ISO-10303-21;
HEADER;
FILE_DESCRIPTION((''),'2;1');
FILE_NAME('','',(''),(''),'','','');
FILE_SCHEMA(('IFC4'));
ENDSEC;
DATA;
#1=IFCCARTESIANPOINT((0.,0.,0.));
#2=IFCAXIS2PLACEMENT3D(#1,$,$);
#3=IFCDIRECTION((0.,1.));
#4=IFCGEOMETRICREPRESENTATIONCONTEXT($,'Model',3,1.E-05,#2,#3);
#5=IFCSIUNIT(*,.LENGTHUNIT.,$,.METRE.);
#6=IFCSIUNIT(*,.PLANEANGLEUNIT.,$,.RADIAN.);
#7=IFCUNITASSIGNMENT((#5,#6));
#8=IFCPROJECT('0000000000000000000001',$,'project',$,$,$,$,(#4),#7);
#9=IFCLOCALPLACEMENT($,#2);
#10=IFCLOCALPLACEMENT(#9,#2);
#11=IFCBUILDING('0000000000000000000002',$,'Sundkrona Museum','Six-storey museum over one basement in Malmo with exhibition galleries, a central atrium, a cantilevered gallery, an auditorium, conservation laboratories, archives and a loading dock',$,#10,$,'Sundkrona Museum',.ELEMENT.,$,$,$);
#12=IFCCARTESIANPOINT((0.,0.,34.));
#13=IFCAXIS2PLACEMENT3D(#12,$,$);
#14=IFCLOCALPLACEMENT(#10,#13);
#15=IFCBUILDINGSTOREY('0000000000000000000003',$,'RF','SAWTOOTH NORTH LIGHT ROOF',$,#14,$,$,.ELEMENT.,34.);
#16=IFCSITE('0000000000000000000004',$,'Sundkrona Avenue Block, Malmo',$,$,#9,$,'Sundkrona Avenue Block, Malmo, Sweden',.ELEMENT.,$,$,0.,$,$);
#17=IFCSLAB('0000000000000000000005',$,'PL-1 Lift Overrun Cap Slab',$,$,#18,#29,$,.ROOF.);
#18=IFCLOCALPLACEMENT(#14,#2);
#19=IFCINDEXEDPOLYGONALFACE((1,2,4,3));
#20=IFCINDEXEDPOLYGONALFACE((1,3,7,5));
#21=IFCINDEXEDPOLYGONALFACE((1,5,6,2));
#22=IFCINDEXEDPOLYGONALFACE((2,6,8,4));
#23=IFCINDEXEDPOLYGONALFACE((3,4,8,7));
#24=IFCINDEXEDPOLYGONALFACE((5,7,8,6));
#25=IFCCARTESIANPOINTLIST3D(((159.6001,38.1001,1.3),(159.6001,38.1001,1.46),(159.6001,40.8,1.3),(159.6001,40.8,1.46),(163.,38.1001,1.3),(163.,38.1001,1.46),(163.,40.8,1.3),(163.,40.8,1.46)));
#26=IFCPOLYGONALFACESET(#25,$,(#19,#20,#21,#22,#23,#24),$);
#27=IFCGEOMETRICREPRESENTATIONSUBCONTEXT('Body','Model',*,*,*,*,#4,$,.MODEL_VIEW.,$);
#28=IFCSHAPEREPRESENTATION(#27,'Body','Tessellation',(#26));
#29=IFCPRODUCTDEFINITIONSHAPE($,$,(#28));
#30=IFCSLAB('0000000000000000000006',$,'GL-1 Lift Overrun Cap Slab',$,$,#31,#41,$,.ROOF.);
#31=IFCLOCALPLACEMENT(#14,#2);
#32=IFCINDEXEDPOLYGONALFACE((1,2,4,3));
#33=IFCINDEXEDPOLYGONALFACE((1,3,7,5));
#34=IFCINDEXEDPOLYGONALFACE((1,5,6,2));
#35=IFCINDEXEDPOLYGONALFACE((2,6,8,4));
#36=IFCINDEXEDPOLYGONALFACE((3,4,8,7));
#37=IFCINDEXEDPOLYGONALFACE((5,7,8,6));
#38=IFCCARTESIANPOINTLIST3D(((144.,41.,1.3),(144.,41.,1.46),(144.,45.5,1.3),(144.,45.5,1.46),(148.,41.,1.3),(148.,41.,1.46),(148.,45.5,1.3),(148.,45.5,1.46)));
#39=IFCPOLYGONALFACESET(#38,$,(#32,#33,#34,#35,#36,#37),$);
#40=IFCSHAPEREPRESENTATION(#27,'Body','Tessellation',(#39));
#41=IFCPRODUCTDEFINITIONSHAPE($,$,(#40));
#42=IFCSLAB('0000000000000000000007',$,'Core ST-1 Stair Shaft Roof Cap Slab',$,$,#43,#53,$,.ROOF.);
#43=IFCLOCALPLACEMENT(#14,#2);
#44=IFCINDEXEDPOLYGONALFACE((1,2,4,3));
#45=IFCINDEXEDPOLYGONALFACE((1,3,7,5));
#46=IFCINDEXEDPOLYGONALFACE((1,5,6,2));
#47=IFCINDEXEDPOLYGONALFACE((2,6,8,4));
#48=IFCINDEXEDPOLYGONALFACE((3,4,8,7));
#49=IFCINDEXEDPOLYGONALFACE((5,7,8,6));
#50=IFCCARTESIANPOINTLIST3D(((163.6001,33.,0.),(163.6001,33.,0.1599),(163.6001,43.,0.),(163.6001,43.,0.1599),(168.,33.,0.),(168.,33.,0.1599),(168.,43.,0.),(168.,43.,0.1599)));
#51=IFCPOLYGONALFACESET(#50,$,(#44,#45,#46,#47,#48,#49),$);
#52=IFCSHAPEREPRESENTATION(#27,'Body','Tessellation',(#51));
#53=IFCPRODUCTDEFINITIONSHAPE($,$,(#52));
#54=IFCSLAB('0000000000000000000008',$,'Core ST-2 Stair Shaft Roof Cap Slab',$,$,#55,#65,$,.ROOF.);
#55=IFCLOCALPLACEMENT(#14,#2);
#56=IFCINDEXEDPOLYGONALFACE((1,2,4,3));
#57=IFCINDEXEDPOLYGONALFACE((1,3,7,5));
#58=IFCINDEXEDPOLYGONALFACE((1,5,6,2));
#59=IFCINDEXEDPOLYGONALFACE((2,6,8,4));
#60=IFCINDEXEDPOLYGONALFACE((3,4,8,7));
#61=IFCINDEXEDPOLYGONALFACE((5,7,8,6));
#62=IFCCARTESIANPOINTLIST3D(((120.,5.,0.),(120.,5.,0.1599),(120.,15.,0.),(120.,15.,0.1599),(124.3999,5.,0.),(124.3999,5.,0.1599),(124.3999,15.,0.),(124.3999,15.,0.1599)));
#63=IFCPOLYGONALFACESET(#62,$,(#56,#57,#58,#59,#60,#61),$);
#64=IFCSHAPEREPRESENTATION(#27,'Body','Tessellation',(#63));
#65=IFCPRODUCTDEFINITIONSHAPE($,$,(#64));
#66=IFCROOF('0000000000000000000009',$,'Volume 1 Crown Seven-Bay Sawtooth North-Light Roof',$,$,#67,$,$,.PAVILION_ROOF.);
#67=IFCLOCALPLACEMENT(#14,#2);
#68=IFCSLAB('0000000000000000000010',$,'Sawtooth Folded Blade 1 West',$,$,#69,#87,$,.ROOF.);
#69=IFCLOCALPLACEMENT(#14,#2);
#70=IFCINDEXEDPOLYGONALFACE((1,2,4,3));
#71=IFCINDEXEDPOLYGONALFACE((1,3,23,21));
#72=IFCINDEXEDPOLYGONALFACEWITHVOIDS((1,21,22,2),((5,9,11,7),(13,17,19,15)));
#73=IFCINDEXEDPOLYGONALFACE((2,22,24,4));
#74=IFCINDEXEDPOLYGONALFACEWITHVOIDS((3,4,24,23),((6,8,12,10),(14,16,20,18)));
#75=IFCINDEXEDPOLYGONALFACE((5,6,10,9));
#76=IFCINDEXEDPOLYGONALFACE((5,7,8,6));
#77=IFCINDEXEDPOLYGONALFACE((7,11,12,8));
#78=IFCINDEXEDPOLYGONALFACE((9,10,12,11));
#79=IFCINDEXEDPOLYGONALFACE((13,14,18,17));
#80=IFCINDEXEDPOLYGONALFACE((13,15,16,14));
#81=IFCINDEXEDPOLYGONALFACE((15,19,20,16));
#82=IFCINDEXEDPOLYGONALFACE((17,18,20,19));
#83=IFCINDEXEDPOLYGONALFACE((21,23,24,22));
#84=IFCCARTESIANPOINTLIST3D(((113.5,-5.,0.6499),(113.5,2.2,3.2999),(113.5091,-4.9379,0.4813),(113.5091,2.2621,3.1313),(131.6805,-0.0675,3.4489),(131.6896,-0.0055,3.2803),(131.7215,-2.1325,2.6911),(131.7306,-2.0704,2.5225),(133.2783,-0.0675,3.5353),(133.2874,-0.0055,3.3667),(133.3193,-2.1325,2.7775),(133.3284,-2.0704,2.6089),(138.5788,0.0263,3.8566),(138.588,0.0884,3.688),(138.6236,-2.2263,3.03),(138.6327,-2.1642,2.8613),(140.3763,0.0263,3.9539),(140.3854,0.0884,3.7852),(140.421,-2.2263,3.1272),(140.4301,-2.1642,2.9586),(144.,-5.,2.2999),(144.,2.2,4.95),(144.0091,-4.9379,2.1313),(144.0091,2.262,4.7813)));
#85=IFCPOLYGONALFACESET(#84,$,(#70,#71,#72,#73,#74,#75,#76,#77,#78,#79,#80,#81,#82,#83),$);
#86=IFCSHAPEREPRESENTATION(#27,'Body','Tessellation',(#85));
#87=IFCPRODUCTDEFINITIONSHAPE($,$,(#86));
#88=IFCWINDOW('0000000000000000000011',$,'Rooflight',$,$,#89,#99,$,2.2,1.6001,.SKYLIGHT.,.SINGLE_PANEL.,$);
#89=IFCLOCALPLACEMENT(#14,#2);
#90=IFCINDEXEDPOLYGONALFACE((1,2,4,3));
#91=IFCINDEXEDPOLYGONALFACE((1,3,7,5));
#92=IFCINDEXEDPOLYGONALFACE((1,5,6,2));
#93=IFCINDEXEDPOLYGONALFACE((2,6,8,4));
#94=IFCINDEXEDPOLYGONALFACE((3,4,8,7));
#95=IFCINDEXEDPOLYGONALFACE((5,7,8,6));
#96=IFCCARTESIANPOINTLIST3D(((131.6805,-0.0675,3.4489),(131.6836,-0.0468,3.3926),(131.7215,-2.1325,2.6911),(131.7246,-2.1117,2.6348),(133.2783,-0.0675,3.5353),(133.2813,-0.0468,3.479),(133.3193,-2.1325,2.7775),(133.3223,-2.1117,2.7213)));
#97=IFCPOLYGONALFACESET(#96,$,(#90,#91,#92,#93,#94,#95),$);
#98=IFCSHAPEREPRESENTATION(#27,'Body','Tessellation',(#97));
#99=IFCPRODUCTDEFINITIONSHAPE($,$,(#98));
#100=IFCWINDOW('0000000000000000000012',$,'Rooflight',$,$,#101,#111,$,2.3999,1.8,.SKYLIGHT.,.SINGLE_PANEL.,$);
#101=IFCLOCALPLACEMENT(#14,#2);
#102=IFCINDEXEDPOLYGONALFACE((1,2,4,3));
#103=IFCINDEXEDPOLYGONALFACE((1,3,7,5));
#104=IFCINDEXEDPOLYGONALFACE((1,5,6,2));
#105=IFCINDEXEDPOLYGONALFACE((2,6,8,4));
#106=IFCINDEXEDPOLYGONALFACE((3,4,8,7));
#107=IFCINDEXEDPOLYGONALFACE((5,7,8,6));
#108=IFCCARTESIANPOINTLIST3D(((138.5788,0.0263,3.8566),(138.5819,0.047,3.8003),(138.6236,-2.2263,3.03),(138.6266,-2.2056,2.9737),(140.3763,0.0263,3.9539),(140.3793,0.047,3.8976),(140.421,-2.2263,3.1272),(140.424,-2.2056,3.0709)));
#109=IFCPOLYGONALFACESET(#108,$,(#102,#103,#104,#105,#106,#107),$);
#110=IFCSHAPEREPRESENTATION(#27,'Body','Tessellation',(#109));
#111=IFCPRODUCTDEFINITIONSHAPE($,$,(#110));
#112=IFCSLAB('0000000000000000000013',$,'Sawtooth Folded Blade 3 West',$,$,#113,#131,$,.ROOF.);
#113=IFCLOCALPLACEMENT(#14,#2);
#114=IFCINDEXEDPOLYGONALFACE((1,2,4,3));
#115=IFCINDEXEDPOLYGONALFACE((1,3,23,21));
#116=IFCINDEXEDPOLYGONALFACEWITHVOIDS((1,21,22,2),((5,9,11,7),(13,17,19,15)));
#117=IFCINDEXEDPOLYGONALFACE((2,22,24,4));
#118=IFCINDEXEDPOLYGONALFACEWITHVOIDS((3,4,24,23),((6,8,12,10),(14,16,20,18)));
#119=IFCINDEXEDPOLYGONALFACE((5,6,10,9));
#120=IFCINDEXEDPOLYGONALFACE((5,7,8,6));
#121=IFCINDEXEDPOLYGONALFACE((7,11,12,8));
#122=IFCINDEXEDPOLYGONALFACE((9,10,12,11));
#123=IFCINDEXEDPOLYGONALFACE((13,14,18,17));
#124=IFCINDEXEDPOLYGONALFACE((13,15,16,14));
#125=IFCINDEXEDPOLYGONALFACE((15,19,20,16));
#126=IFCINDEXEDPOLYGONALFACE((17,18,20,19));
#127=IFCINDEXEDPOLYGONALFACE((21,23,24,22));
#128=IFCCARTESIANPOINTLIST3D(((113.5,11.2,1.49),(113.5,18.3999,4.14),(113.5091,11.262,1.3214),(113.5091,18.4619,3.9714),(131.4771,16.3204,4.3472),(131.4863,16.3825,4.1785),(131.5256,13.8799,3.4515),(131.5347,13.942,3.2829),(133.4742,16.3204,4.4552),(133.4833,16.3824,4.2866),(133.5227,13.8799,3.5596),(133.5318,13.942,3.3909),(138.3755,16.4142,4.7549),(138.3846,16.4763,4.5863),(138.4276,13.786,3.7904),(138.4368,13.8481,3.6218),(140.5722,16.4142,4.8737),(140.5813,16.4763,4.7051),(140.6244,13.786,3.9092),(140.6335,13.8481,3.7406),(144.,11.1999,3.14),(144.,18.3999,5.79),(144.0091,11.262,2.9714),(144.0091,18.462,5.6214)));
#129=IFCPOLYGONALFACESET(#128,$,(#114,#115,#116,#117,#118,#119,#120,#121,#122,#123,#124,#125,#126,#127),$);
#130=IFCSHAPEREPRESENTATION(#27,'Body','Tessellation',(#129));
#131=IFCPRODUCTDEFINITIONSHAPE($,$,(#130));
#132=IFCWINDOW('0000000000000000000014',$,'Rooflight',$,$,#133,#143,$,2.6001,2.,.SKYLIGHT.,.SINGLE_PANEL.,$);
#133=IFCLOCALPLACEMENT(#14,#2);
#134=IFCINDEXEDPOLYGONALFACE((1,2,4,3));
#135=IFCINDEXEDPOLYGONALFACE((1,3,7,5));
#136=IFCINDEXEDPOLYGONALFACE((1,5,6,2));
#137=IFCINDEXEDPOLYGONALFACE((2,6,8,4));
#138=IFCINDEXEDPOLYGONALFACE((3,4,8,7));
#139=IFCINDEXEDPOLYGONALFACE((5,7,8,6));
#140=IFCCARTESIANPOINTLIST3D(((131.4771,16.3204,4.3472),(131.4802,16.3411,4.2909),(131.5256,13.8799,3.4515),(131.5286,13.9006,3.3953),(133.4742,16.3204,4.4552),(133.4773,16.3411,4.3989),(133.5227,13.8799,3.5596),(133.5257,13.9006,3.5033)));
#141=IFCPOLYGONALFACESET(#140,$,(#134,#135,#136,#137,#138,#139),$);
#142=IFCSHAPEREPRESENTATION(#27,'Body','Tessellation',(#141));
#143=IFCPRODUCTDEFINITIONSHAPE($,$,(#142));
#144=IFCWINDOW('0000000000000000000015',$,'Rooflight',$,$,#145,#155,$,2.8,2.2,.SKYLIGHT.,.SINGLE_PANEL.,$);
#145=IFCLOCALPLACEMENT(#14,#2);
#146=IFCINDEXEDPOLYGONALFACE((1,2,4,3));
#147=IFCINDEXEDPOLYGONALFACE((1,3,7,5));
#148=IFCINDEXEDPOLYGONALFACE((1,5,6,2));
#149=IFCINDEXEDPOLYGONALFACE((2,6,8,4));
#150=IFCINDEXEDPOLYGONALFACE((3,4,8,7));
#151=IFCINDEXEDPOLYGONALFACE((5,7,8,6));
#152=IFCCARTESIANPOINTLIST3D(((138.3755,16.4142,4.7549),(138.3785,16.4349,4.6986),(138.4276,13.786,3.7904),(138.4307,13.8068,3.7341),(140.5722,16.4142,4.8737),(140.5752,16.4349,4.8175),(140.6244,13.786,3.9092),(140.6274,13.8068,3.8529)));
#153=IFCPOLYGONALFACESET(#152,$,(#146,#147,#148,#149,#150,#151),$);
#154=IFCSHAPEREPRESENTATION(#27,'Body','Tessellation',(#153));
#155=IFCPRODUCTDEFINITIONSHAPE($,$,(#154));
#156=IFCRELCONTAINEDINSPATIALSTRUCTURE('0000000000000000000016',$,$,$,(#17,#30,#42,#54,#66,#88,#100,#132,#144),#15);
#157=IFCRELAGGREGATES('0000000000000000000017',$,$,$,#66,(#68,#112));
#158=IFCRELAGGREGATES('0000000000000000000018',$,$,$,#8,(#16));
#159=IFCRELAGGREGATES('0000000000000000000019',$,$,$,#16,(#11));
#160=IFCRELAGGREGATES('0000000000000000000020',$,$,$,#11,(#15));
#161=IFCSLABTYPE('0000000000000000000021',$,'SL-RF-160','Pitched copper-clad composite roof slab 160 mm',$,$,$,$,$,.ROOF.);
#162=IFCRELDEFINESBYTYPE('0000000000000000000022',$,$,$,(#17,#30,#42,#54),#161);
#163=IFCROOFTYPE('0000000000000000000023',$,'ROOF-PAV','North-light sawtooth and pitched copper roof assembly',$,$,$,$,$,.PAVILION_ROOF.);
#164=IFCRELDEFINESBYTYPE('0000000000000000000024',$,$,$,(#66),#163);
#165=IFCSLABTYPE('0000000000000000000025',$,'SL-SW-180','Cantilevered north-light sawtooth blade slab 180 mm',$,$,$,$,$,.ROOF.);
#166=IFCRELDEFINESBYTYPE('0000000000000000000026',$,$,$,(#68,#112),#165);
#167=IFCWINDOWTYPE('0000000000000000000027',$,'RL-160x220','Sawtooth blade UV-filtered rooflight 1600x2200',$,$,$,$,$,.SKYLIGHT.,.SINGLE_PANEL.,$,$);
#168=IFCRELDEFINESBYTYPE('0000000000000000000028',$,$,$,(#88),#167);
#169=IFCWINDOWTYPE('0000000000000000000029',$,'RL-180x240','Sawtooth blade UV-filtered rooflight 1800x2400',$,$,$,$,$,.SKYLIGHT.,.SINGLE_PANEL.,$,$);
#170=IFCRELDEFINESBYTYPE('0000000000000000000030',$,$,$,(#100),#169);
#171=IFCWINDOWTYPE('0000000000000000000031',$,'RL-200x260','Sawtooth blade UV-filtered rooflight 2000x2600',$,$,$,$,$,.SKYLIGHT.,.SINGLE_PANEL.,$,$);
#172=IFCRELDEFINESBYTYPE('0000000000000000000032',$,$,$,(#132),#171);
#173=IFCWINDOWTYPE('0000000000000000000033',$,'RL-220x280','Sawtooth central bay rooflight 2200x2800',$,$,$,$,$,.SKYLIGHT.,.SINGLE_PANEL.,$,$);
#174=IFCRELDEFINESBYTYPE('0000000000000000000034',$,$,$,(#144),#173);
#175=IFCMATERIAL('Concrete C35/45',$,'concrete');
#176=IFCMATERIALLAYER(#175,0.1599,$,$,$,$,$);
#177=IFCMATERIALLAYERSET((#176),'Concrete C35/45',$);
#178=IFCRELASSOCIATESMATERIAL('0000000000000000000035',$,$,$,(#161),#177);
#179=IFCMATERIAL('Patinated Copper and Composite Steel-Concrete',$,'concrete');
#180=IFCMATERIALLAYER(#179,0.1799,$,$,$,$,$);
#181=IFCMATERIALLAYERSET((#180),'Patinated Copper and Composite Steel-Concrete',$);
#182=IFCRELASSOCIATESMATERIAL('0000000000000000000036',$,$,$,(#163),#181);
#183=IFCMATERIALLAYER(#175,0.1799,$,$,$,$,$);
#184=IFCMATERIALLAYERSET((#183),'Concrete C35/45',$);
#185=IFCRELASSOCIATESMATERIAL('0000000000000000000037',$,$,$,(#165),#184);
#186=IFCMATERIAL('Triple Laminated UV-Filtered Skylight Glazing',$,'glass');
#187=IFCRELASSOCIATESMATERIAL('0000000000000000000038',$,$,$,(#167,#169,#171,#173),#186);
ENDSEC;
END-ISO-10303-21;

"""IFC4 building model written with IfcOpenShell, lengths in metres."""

from ifc_helpers import new_model, si_unit, direction, frame, origin, origin_2d, place, context, subcontext, project, spatial, polyline, rectangle, outline, extrude, material, layer, layer_set, type_object, element, fill, aggregate, save


model = new_model("IFC4")

# Units and contexts
model_context = context("Model", 3, precision=1e-05, world=origin(), true_north=direction((0.0, 1.0)))
body_context = subcontext(model_context, "Body", "Model", "MODEL_VIEW")
ifc_project = project(units=[si_unit("LENGTHUNIT", "METRE"), si_unit("PLANEANGLEUNIT", "RADIAN")], contexts=[model_context])

# Site, building, storey
site_placement = place(None, origin())
site = spatial("IfcSite", under=ifc_project, at=site_placement, Name="Sundkrona Avenue Block, Malmo", LongName="Sundkrona Avenue Block, Malmo, Sweden", CompositionType="ELEMENT", RefElevation=0.0)
building_placement = place(site_placement, origin())
building = spatial("IfcBuilding", under=site, at=building_placement, Name="Sundkrona Museum", Description="Six-storey museum over one basement in Malmo with exhibition galleries, a central atrium, a cantilevered gallery, an auditorium, conservation laboratories, archives and a loading dock", LongName="Sundkrona Museum", CompositionType="ELEMENT")
storey_placement = place(building_placement, frame((0.0, 0.0, 34.0)))
storey = spatial("IfcBuildingStorey", under=building, at=storey_placement, Name="RF", Description="SAWTOOTH NORTH LIGHT ROOF", CompositionType="ELEMENT", Elevation=34.0)

# Slabs
ifc_material_1 = material(Name="Concrete C35/45", Category="concrete")
ifc_layer_1 = layer(ifc_material_1, 0.1599)
ifc_layer_set_1 = layer_set([ifc_layer_1], Name="Concrete C35/45")
slab_type_1 = type_object("IfcSlabType", Name="SL-RF-160", Description="Pitched copper-clad composite roof slab 160 mm", PredefinedType="ROOF", material=ifc_layer_set_1)
slab_1_placement = place(storey_placement, frame((0.0, 0.0, 1.3)))
element("IfcSlab", 1, at=slab_1_placement, inside=storey, type_object=slab_type_1, Name="PL-1 Lift Overrun Cap Slab", PredefinedType="ROOF", context=body_context, shape_type="SweptSolid", body=[
    extrude(outline(polyline([(159.6001, 38.1001), (163.0, 38.1001), (163.0, 40.8), (159.6001, 40.8), (159.6001, 38.1001)])), origin(), (0.0, 0.0, 1.0), 0.1599),
])
slab_2_placement = place(storey_placement, frame((0.0, 0.0, 1.3)))
element("IfcSlab", 2, at=slab_2_placement, inside=storey, type_object=slab_type_1, Name="GL-1 Lift Overrun Cap Slab", PredefinedType="ROOF", context=body_context, shape_type="SweptSolid", body=[
    extrude(outline(polyline([(144.0, 41.0), (148.0, 41.0), (148.0, 45.5), (144.0, 45.5), (144.0, 41.0)])), origin(), (0.0, 0.0, 1.0), 0.1599),
])
slab_3_placement = place(storey_placement, origin())
element("IfcSlab", 3, at=slab_3_placement, inside=storey, type_object=slab_type_1, Name="Core ST-1 Stair Shaft Roof Cap Slab", PredefinedType="ROOF", context=body_context, shape_type="SweptSolid", body=[
    extrude(outline(polyline([(163.6001, 33.0), (168.0, 33.0), (168.0, 43.0), (163.6001, 43.0), (163.6001, 33.0)])), origin(), (0.0, 0.0, 1.0), 0.1599),
])
slab_4_placement = place(storey_placement, origin())
element("IfcSlab", 4, at=slab_4_placement, inside=storey, type_object=slab_type_1, Name="Core ST-2 Stair Shaft Roof Cap Slab", PredefinedType="ROOF", context=body_context, shape_type="SweptSolid", body=[
    extrude(outline(polyline([(120.0, 5.0), (124.3999, 5.0), (124.3999, 15.0), (120.0, 15.0), (120.0, 5.0)])), origin(), (0.0, 0.0, 1.0), 0.1599),
])

# Roof, slabs, openings, windows
ifc_material_2 = material(Name="Patinated Copper and Composite Steel-Concrete", Category="concrete")
ifc_layer_2 = layer(ifc_material_2, 0.1799)
ifc_layer_set_2 = layer_set([ifc_layer_2], Name="Patinated Copper and Composite Steel-Concrete")
roof_type = type_object("IfcRoofType", Name="ROOF-PAV", Description="North-light sawtooth and pitched copper roof assembly", PredefinedType="PAVILION_ROOF", material=ifc_layer_set_2)
roof_placement = place(storey_placement, origin())
roof = element("IfcRoof", 5, at=roof_placement, inside=storey, type_object=roof_type, Name="Volume 1 Crown Seven-Bay Sawtooth North-Light Roof", PredefinedType="PAVILION_ROOF")
ifc_layer_3 = layer(ifc_material_1, 0.1799)
ifc_layer_set_3 = layer_set([ifc_layer_3], Name="Concrete C35/45")
slab_type_2 = type_object("IfcSlabType", Name="SL-SW-180", Description="Cantilevered north-light sawtooth blade slab 180 mm", PredefinedType="ROOF", material=ifc_layer_set_3)
slab_5_placement = place(storey_placement, frame((113.5, -5.0, 0.6499), z_axis=(-0.050704, -0.344964, 0.937245), x_axis=(0.99854, 0.000001, 0.054021)))
slab_5 = element("IfcSlab", 6, at=slab_5_placement, type_object=slab_type_2, Name="Sawtooth Folded Blade 1 West", PredefinedType="ROOF", context=body_context, shape_type="SweptSolid", body=[
    extrude(outline(polyline([(0.0, 0.0), (30.5446, 0.0), (30.6878, 7.6708), (0.1432, 7.6709), (0.0, 0.0)])), origin(), (0.0, 0.0, -1.0), 0.1799),
])
opening_1_placement = place(slab_5_placement, frame((19.1052, 4.155, 0.01)))
opening_1 = element("IfcOpeningElement", 7, at=opening_1_placement, cuts=slab_5, PredefinedType="OPENING", context=body_context, shape_type="SweptSolid", body=[
    extrude(rectangle(XDim=1.6001, YDim=2.2, at=origin_2d()), origin(), (0.0, 0.0, -1.0), 0.2),
])
opening_2_placement = place(slab_5_placement, frame((26.1155, 4.155, 0.01)))
opening_2 = element("IfcOpeningElement", 8, at=opening_2_placement, cuts=slab_5, PredefinedType="OPENING", context=body_context, shape_type="SweptSolid", body=[
    extrude(rectangle(XDim=1.8, YDim=2.3999, at=origin_2d()), origin(), (0.0, 0.0, -1.0), 0.2),
])
ifc_material_3 = material(Name="Triple Laminated UV-Filtered Skylight Glazing", Category="glass")
window_type_1 = type_object("IfcWindowType", Name="RL-160x220", Description="Sawtooth blade UV-filtered rooflight 1600x2200", PartitioningType="SINGLE_PANEL", PredefinedType="SKYLIGHT", material=ifc_material_3)
window_1_placement = place(slab_5_placement, frame((19.1052, 4.155, 0.0)))
window_1 = element("IfcWindow", 9, at=window_1_placement, inside=storey, type_object=window_type_1, Name="Rooflight", OverallHeight=2.2, OverallWidth=1.6001, PartitioningType="SINGLE_PANEL", PredefinedType="SKYLIGHT", context=body_context, shape_type="SweptSolid", body=[
    extrude(rectangle(XDim=1.6001, YDim=2.2, at=origin_2d()), origin(), (0.0, 0.0, -1.0), 0.0601),
])
fill(opening_1, window_1)
window_type_2 = type_object("IfcWindowType", Name="RL-180x240", Description="Sawtooth blade UV-filtered rooflight 1800x2400", PartitioningType="SINGLE_PANEL", PredefinedType="SKYLIGHT", material=ifc_material_3)
window_2_placement = place(slab_5_placement, frame((26.1155, 4.155, 0.0)))
window_2 = element("IfcWindow", 10, at=window_2_placement, inside=storey, type_object=window_type_2, Name="Rooflight", OverallHeight=2.3999, OverallWidth=1.8, PartitioningType="SINGLE_PANEL", PredefinedType="SKYLIGHT", context=body_context, shape_type="SweptSolid", body=[
    extrude(rectangle(XDim=1.8, YDim=2.3999, at=origin_2d()), origin(), (0.0, 0.0, -1.0), 0.0601),
])
fill(opening_2, window_2)
slab_6_placement = place(storey_placement, frame((113.5, 11.2, 1.49), z_axis=(-0.050704, -0.344964, 0.937245), x_axis=(0.99854, -0.000001, 0.05402)))
slab_6 = element("IfcSlab", 11, at=slab_6_placement, type_object=slab_type_2, Name="Sawtooth Folded Blade 3 West", PredefinedType="ROOF", context=body_context, shape_type="SweptSolid", body=[
    extrude(outline(polyline([(0.0, 0.0), (30.5446, 0.0), (30.6877, 7.6709), (0.1431, 7.6708), (0.0, 0.0)])), origin(), (0.0, 0.0, -1.0), 0.1799),
])
opening_3_placement = place(slab_6_placement, frame((19.1052, 4.1553, 0.01)))
opening_3 = element("IfcOpeningElement", 12, at=opening_3_placement, cuts=slab_6, PredefinedType="OPENING", context=body_context, shape_type="SweptSolid", body=[
    extrude(rectangle(XDim=2.0, YDim=2.6001, at=origin_2d()), origin(), (0.0, 0.0, -1.0), 0.2),
])
opening_4_placement = place(slab_6_placement, frame((26.1155, 4.1553, 0.01)))
opening_4 = element("IfcOpeningElement", 13, at=opening_4_placement, cuts=slab_6, PredefinedType="OPENING", context=body_context, shape_type="SweptSolid", body=[
    extrude(rectangle(XDim=2.2, YDim=2.8, at=origin_2d()), origin(), (0.0, 0.0, -1.0), 0.2),
])
window_type_3 = type_object("IfcWindowType", Name="RL-200x260", Description="Sawtooth blade UV-filtered rooflight 2000x2600", PartitioningType="SINGLE_PANEL", PredefinedType="SKYLIGHT", material=ifc_material_3)
window_3_placement = place(slab_6_placement, frame((19.1052, 4.1553, 0.0)))
window_3 = element("IfcWindow", 14, at=window_3_placement, inside=storey, type_object=window_type_3, Name="Rooflight", OverallHeight=2.6001, OverallWidth=2.0, PartitioningType="SINGLE_PANEL", PredefinedType="SKYLIGHT", context=body_context, shape_type="SweptSolid", body=[
    extrude(rectangle(XDim=2.0, YDim=2.6001, at=origin_2d()), origin(), (0.0, 0.0, -1.0), 0.0601),
])
fill(opening_3, window_3)
window_type_4 = type_object("IfcWindowType", Name="RL-220x280", Description="Sawtooth central bay rooflight 2200x2800", PartitioningType="SINGLE_PANEL", PredefinedType="SKYLIGHT", material=ifc_material_3)
window_4_placement = place(slab_6_placement, frame((26.1155, 4.1553, 0.0)))
window_4 = element("IfcWindow", 15, at=window_4_placement, inside=storey, type_object=window_type_4, Name="Rooflight", OverallHeight=2.8, OverallWidth=2.2, PartitioningType="SINGLE_PANEL", PredefinedType="SKYLIGHT", context=body_context, shape_type="SweptSolid", body=[
    extrude(rectangle(XDim=2.2, YDim=2.8, at=origin_2d()), origin(), (0.0, 0.0, -1.0), 0.0601),
])
fill(opening_4, window_4)
aggregate(roof, [slab_5, slab_6])

save(model, "model.ifc")
